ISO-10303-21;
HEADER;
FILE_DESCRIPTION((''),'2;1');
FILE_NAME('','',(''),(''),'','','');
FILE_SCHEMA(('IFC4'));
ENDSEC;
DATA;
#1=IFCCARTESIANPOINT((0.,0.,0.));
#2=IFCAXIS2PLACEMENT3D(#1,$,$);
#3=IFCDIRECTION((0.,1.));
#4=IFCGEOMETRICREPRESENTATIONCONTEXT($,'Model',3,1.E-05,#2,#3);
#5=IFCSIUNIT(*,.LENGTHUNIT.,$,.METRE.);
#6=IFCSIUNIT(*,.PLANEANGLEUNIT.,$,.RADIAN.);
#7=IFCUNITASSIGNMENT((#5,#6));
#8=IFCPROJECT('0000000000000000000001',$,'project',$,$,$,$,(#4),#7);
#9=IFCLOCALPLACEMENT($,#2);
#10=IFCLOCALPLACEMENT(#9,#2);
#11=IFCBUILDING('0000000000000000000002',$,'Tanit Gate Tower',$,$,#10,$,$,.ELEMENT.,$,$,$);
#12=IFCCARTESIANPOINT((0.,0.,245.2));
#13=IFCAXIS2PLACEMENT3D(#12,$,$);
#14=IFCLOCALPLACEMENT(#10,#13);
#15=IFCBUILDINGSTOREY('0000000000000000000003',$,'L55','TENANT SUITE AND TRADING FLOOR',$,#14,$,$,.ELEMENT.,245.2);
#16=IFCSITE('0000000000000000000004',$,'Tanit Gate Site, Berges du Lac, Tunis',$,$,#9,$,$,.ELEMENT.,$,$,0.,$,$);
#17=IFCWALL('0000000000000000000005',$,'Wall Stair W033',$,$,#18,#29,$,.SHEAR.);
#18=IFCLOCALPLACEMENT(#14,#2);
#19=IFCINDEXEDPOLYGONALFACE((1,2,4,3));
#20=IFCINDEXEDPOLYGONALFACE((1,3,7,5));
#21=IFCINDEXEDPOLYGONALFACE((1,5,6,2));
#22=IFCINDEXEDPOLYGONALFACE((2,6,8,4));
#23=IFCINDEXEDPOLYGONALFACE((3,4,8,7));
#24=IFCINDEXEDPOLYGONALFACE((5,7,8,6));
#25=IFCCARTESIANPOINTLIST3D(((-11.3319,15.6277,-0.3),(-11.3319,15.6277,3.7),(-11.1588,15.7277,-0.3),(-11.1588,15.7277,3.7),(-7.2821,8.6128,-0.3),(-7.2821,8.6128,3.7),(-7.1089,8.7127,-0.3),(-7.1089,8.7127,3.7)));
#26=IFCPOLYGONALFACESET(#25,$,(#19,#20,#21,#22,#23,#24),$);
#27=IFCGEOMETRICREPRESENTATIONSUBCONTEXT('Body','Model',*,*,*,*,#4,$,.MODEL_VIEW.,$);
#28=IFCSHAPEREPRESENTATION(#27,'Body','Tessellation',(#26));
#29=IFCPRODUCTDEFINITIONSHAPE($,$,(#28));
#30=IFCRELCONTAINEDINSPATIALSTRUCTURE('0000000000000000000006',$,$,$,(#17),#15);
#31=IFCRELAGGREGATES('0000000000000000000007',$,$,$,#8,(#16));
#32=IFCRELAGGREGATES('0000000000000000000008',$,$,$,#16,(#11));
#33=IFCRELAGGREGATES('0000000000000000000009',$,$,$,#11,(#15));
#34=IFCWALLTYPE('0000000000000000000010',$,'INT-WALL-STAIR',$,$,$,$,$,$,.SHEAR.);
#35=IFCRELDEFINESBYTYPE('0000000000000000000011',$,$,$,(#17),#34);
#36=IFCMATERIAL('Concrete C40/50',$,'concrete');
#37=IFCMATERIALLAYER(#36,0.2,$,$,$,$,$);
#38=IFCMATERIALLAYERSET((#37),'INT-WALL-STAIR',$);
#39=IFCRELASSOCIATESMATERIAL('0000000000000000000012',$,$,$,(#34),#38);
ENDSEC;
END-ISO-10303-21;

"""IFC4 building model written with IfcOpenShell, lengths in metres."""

from ifc_helpers import new_model, si_unit, direction, frame, frame_2d, origin, place, context, subcontext, project, spatial, rectangle, extrude, material, layer, layer_set, type_object, element, save


model = new_model("IFC4")

# Units and contexts
model_context = context("Model", 3, precision=1e-05, world=origin(), true_north=direction((0.0, 1.0)))
body_context = subcontext(model_context, "Body", "Model", "MODEL_VIEW")
ifc_project = project(units=[si_unit("LENGTHUNIT", "METRE"), si_unit("PLANEANGLEUNIT", "RADIAN")], contexts=[model_context])

# Site, building, storey
site_placement = place(None, origin())
site = spatial("IfcSite", under=ifc_project, at=site_placement, Name="Tanit Gate Site, Berges du Lac, Tunis", CompositionType="ELEMENT", RefElevation=0.0)
building_placement = place(site_placement, origin())
building = spatial("IfcBuilding", under=site, at=building_placement, Name="Tanit Gate Tower", CompositionType="ELEMENT")
storey_placement = place(building_placement, frame((0.0, 0.0, 245.2)))
storey = spatial("IfcBuildingStorey", under=building, at=storey_placement, Name="L55", Description="TENANT SUITE AND TRADING FLOOR", CompositionType="ELEMENT", Elevation=245.2)

# Wall
ifc_material_1 = material(Name="Concrete C40/50", Category="concrete")
ifc_layer_1 = layer(ifc_material_1, 0.2)
ifc_layer_set_1 = layer_set([ifc_layer_1], Name="INT-WALL-STAIR")
wall_type_1 = type_object("IfcWallType", Name="INT-WALL-STAIR", PredefinedType="SHEAR", material=ifc_layer_set_1)
wall_1_placement = place(storey_placement, frame((-11.2454, 15.6777, -0.3), z_axis=(0.0, 0.0, 1.0), x_axis=(0.499977, -0.866039, 0.0)))
element("IfcWall", 1, at=wall_1_placement, inside=storey, type_object=wall_type_1, Name="Wall Stair W033", PredefinedType="SHEAR", context=body_context, shape_type="SweptSolid", body=[
    extrude(rectangle(XDim=8.1001, YDim=0.2, at=frame_2d((4.05, 0.0))), origin(), (0.0, 0.0, 1.0), 4.0),
])

save(model, "model.ifc")
